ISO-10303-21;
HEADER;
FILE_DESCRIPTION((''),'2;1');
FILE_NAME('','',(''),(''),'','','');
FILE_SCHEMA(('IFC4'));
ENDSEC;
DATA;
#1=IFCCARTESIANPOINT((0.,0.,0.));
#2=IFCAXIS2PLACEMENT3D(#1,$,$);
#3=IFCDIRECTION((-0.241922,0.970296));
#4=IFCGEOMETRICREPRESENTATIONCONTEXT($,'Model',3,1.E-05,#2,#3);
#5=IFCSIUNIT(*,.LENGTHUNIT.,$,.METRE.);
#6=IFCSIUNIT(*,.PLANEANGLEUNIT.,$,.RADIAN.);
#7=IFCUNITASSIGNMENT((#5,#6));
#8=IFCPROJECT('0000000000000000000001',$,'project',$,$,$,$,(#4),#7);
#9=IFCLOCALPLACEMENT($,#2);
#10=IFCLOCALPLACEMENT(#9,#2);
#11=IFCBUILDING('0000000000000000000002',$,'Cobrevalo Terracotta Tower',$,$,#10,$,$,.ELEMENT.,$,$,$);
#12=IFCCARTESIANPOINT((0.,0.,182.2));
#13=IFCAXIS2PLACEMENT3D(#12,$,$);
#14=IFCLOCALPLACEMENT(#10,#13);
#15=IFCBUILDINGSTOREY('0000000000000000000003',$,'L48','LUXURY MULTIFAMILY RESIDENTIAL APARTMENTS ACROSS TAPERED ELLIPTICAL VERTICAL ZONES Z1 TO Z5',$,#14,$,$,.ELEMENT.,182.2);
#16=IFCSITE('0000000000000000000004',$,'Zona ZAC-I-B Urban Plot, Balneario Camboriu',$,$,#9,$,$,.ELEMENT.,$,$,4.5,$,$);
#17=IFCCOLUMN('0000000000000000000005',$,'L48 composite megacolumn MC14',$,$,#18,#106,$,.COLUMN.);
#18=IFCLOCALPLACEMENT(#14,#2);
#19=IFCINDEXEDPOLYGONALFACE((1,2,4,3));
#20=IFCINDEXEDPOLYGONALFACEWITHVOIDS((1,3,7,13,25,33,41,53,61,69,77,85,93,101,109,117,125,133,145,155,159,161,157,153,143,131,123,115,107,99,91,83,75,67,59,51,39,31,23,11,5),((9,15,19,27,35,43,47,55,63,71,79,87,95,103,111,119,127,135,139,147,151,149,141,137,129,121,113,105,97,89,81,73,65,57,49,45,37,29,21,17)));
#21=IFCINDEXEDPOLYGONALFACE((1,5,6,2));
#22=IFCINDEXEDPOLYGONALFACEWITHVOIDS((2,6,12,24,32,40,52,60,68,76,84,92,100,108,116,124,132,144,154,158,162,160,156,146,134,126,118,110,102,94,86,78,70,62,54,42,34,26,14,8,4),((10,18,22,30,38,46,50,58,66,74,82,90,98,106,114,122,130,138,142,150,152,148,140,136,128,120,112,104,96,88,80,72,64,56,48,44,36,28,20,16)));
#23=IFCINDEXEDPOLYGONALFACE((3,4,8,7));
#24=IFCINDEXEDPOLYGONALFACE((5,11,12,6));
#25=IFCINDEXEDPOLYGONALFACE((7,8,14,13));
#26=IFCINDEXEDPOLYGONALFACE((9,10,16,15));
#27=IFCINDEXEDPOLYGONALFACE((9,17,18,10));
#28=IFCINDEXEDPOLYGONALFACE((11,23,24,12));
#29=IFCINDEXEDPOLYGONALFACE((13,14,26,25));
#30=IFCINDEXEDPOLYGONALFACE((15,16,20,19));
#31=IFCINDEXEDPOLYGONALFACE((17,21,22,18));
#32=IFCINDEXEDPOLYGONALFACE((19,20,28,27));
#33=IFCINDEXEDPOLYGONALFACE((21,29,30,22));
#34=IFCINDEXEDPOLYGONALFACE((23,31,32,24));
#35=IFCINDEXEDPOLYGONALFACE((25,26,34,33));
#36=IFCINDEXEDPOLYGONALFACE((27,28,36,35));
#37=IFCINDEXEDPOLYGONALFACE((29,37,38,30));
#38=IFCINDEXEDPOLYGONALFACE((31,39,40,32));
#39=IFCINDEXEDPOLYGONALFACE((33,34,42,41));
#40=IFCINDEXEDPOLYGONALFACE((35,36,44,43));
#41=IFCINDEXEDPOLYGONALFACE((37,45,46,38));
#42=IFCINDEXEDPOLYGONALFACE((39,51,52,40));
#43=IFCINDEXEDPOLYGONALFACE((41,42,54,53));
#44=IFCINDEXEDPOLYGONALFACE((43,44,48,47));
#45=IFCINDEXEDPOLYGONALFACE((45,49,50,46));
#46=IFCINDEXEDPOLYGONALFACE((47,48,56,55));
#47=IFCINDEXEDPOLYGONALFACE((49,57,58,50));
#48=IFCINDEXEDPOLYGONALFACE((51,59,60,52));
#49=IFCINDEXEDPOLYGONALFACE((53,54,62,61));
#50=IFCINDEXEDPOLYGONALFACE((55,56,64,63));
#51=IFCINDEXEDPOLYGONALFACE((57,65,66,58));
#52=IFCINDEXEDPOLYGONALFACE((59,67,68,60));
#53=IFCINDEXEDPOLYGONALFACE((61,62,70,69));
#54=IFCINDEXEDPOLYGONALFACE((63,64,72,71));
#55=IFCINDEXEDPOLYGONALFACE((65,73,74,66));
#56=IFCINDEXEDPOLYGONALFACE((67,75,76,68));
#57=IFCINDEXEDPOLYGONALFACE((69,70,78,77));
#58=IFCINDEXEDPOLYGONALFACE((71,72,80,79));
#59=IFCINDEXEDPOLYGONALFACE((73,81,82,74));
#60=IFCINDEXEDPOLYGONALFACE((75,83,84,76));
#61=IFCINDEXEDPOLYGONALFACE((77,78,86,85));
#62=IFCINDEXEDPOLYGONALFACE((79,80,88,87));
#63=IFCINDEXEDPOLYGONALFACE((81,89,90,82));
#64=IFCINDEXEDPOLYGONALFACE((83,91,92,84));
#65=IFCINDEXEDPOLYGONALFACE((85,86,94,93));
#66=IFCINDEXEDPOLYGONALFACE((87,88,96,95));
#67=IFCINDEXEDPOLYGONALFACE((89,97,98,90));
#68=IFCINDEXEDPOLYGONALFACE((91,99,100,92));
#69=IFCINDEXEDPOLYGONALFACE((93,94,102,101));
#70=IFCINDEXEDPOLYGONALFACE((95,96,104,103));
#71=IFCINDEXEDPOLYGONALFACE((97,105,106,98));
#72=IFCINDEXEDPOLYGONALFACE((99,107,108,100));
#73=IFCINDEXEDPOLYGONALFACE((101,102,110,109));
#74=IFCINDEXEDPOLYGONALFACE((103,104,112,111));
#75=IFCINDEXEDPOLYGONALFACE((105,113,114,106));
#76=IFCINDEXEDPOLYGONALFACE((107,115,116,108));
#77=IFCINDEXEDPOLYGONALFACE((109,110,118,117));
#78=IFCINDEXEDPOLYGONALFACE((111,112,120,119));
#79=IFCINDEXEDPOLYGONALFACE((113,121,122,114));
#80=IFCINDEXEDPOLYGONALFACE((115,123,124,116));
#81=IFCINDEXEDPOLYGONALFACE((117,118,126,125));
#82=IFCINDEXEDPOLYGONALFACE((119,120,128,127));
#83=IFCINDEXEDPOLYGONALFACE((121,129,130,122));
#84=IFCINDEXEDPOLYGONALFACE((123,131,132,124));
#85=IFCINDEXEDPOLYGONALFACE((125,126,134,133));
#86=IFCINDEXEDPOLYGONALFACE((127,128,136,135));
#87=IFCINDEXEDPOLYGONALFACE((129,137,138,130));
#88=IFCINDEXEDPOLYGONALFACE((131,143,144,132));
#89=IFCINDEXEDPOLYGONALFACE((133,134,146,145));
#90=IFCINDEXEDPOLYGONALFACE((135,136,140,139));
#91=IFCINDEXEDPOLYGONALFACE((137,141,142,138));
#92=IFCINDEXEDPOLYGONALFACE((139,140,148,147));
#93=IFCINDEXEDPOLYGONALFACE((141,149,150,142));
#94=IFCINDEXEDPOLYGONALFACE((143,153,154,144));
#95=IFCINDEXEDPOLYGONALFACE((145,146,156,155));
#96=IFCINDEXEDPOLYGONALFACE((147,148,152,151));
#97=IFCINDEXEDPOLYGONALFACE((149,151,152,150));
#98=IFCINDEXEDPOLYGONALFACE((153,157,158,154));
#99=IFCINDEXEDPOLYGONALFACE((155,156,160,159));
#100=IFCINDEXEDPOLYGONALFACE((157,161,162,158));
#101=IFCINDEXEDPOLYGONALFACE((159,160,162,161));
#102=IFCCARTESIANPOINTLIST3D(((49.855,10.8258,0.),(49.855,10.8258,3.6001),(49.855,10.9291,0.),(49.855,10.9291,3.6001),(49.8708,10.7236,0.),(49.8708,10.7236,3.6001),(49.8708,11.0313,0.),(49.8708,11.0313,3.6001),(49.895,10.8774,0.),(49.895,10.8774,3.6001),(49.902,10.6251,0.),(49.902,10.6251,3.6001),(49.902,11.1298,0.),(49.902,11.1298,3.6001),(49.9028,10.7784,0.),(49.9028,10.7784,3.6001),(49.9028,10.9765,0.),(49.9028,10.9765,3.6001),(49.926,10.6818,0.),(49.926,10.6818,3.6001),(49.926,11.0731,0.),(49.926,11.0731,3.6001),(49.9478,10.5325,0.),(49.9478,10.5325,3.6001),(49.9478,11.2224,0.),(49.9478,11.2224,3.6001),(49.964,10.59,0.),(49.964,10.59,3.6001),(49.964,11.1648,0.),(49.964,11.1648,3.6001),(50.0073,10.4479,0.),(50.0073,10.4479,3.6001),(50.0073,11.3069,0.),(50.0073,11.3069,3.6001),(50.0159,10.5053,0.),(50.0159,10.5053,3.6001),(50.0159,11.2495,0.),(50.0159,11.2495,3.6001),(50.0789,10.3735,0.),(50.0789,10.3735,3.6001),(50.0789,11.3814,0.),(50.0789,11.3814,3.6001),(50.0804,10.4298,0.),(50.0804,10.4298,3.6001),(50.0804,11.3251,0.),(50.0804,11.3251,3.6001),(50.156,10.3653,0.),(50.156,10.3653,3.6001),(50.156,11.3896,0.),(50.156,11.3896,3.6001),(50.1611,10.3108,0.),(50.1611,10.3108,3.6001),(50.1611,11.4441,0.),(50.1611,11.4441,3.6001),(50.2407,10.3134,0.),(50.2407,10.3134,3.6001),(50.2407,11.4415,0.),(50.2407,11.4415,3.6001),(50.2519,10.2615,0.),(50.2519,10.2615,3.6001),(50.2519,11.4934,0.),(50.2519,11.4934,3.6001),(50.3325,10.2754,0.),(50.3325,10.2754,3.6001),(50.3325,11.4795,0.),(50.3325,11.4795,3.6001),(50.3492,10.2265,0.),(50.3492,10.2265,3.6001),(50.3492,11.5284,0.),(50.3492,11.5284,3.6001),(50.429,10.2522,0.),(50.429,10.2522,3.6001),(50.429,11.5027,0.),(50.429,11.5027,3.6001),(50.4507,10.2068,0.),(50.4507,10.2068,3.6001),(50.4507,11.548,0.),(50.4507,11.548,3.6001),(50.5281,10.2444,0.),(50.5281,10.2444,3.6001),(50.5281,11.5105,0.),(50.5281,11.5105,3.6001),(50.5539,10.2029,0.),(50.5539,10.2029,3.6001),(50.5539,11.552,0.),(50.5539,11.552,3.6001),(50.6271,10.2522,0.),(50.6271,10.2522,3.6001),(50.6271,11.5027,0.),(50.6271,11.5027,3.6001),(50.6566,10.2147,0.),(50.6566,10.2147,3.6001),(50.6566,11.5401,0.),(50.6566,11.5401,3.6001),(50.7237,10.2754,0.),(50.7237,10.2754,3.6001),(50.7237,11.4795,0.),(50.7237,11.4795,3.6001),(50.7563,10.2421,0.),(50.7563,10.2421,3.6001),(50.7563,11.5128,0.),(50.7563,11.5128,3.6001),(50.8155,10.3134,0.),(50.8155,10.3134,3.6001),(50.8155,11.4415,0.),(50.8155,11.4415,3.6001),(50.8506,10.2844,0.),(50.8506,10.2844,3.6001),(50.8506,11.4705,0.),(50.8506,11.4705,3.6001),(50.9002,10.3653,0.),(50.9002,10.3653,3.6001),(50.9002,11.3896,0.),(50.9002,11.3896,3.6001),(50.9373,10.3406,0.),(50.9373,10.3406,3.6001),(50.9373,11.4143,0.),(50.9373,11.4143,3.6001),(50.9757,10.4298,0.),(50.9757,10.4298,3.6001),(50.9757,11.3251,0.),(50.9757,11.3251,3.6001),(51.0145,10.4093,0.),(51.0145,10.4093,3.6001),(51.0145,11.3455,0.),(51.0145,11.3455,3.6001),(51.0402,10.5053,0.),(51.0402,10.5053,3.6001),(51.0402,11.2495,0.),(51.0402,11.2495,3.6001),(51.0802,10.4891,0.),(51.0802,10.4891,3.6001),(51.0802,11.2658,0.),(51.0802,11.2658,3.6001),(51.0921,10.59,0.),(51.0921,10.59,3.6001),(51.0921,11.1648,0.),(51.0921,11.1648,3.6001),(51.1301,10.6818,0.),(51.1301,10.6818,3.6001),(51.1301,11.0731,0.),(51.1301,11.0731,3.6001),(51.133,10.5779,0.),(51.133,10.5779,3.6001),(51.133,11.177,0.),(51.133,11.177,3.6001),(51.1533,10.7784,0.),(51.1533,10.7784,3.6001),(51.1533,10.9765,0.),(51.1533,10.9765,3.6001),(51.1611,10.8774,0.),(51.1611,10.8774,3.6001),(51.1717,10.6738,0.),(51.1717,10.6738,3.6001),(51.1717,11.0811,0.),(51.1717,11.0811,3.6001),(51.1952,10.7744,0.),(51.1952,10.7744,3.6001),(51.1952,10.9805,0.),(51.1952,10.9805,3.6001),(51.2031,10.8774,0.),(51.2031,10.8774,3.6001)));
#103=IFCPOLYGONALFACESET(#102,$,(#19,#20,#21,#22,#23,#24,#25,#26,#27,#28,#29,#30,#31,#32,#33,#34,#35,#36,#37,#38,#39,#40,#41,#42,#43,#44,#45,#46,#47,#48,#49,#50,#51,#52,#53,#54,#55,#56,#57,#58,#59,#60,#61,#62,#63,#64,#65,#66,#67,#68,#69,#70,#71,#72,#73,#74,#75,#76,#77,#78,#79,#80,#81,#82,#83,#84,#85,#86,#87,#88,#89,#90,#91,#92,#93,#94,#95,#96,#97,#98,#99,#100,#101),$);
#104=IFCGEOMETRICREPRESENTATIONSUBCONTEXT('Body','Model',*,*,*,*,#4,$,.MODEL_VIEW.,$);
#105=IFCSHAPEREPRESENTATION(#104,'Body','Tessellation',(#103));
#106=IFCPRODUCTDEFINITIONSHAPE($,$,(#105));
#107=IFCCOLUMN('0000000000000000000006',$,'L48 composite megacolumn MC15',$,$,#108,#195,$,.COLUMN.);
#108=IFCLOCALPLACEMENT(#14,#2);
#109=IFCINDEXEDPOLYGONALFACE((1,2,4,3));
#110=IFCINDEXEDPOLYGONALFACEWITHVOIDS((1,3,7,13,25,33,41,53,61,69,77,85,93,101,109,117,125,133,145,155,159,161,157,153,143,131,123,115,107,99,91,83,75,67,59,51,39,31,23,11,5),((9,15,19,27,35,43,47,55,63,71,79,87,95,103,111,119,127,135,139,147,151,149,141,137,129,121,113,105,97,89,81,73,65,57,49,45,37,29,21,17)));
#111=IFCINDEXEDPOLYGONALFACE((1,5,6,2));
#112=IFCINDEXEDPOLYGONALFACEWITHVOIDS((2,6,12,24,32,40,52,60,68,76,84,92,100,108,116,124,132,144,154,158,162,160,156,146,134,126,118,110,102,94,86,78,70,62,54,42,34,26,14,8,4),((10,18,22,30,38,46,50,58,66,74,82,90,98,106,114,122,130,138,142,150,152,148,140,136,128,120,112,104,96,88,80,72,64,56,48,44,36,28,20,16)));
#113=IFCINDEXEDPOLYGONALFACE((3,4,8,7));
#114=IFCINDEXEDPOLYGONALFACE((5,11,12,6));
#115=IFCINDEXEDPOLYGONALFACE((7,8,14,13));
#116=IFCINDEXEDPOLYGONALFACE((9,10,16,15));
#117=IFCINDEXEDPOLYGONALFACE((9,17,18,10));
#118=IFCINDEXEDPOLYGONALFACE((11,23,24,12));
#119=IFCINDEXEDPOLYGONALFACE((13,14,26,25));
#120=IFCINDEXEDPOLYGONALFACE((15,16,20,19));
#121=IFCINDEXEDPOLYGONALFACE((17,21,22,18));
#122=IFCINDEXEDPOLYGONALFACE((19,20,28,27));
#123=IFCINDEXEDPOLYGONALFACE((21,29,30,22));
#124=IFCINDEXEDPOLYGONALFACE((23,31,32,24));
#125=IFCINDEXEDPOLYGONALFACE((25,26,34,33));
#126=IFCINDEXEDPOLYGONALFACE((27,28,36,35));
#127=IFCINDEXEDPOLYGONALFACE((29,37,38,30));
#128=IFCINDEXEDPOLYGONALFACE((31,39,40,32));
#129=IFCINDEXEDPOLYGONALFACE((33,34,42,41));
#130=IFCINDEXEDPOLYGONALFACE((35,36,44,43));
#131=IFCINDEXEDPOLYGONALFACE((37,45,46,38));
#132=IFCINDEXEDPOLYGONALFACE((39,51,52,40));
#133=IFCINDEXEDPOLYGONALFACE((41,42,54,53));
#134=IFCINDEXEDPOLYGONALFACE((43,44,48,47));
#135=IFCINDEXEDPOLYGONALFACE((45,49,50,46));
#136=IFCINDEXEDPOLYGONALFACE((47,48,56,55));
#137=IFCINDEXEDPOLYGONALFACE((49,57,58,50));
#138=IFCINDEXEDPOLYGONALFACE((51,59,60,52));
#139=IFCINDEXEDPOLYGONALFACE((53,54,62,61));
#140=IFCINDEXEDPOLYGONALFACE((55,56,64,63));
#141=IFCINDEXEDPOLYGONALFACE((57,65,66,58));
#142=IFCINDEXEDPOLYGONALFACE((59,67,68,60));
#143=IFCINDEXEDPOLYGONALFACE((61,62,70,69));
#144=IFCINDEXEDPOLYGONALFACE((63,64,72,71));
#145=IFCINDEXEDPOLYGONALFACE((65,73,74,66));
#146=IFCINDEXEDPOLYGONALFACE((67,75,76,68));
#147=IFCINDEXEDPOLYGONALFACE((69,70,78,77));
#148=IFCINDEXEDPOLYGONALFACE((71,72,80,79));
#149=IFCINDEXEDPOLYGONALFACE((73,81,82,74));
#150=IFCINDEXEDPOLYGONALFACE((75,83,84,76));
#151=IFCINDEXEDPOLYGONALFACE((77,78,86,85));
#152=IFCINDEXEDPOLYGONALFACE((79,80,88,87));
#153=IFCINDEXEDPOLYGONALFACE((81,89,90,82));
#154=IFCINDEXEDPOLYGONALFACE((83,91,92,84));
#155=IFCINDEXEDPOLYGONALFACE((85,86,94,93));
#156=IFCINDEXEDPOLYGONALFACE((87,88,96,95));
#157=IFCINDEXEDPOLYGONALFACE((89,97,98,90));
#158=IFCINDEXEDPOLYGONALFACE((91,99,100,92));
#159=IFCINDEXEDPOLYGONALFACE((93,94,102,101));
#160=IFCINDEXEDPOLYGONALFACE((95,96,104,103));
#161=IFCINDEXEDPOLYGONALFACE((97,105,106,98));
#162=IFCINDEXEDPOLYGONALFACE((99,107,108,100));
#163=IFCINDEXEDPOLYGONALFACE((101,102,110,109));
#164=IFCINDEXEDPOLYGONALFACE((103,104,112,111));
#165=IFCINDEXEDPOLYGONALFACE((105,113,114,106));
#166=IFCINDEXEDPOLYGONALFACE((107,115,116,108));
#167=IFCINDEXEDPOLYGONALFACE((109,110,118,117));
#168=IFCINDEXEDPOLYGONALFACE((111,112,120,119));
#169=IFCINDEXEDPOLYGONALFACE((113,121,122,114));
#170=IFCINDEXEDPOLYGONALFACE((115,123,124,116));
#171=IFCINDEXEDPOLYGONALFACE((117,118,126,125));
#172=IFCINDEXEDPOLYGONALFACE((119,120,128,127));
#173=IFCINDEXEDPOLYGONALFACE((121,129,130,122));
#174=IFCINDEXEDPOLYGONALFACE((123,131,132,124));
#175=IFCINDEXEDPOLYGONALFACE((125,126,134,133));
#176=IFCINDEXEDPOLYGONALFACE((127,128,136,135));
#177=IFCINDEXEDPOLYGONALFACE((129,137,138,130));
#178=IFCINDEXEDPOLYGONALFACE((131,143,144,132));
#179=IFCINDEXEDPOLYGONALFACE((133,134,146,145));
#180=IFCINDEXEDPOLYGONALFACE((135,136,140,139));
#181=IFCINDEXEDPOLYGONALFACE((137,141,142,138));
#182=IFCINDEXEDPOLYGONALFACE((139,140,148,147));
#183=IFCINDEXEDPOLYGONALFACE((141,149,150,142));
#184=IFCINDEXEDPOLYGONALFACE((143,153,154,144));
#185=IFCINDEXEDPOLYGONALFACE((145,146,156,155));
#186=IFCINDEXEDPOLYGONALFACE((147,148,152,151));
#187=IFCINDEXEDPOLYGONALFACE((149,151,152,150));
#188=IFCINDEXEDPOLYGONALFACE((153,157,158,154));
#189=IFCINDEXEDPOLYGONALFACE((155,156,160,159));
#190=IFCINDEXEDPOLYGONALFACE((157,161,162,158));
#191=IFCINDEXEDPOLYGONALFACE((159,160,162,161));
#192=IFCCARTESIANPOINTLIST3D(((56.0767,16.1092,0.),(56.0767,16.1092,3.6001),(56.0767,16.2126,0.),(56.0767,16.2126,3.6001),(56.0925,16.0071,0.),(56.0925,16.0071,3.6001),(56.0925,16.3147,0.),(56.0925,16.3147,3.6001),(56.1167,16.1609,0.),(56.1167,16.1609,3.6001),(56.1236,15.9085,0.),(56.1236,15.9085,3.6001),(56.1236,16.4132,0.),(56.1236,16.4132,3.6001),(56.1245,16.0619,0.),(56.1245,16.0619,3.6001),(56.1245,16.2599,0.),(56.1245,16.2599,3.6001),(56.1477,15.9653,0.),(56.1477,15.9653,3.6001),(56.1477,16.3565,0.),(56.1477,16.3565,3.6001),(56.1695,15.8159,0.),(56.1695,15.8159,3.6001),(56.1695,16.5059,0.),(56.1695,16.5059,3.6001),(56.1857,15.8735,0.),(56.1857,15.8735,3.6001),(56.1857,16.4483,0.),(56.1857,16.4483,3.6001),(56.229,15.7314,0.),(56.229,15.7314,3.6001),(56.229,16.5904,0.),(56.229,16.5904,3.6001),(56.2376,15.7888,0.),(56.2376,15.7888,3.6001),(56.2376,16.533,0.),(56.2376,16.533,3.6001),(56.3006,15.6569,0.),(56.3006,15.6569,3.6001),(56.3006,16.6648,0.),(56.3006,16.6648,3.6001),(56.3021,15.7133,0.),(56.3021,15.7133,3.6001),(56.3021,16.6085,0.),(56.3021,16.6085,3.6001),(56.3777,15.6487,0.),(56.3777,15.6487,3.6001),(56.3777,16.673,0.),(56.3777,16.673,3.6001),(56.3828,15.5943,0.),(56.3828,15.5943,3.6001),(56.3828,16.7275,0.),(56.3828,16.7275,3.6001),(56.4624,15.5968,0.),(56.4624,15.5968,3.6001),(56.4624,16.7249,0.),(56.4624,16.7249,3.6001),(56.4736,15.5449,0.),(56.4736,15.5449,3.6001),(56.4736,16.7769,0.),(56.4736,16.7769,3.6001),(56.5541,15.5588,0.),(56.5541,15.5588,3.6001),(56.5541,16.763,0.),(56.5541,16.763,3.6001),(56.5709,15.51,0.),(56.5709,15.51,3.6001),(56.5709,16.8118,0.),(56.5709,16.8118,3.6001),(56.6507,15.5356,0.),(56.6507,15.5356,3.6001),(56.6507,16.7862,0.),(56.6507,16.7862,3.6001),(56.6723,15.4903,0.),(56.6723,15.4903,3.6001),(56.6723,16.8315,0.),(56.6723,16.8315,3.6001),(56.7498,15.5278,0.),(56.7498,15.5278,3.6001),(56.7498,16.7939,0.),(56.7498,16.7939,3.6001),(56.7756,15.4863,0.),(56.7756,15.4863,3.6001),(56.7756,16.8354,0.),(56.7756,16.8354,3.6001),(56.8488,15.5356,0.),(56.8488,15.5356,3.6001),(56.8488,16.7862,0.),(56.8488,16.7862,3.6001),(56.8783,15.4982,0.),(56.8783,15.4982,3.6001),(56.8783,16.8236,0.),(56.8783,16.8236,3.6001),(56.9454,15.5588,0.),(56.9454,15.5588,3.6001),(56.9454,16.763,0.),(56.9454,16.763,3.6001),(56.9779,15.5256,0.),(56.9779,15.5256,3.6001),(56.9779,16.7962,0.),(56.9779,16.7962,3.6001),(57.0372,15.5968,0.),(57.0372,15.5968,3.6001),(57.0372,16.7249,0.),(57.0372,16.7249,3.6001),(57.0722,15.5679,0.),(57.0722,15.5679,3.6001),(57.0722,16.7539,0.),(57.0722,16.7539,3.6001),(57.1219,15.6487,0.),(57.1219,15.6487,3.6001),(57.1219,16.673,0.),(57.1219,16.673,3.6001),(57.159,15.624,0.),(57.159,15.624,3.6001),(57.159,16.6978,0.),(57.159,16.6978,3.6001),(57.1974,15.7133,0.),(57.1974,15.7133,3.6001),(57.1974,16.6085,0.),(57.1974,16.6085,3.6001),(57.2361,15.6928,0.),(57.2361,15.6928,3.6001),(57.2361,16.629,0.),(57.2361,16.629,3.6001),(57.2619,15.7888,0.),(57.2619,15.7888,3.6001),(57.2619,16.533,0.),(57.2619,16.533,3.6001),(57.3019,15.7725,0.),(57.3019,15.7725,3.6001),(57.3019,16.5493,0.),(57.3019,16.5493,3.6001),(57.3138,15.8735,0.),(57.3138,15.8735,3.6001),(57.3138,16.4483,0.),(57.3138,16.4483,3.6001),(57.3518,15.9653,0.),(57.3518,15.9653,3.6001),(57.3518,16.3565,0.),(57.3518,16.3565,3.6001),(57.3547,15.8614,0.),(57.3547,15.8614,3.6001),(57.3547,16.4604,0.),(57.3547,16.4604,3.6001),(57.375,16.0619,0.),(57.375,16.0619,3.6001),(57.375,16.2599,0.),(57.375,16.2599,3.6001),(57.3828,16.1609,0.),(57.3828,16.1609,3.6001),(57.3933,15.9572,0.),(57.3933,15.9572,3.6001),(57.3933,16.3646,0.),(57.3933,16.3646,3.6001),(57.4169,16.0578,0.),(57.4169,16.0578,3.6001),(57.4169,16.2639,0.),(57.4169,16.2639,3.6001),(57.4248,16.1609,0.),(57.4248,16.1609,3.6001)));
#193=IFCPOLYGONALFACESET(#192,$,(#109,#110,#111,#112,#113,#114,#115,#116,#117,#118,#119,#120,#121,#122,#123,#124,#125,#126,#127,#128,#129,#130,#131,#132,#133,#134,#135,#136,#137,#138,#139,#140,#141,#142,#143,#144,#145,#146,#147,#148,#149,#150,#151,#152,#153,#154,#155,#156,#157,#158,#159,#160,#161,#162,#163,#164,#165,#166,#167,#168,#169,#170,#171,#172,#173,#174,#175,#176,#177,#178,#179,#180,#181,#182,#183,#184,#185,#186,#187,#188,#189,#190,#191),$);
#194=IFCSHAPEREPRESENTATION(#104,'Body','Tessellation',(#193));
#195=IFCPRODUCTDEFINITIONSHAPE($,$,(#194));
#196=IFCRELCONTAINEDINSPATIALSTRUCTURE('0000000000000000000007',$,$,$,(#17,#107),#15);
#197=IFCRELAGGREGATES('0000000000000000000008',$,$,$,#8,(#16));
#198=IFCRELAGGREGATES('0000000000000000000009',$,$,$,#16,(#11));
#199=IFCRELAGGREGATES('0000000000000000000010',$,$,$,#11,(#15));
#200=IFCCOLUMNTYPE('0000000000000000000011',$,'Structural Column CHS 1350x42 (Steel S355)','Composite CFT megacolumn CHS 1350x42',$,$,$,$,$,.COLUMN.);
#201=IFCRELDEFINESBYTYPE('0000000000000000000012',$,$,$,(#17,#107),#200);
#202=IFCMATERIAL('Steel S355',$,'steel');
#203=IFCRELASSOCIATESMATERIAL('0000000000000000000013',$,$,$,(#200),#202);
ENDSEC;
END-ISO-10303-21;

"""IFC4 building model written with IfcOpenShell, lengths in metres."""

from ifc_helpers import new_model, si_unit, direction, frame, origin, origin_2d, place, context, subcontext, project, spatial, hollow_circle, extrude, material, material_profile, profile_set, type_object, element, save


model = new_model("IFC4")

# Units and contexts
model_context = context("Model", 3, precision=1e-05, world=origin(), true_north=direction((-0.241922, 0.970296)))
body_context = subcontext(model_context, "Body", "Model", "MODEL_VIEW")
ifc_project = project(units=[si_unit("LENGTHUNIT", "METRE"), si_unit("PLANEANGLEUNIT", "RADIAN")], contexts=[model_context])

# Site, building, storey
site_placement = place(None, origin())
site = spatial("IfcSite", under=ifc_project, at=site_placement, Name="Zona ZAC-I-B Urban Plot, Balneario Camboriu", CompositionType="ELEMENT", RefElevation=4.5)
building_placement = place(site_placement, origin())
building = spatial("IfcBuilding", under=site, at=building_placement, Name="Cobrevalo Terracotta Tower", CompositionType="ELEMENT")
storey_placement = place(building_placement, frame((0.0, 0.0, 182.2)))
storey = spatial("IfcBuildingStorey", under=building, at=storey_placement, Name="L48", Description="LUXURY MULTIFAMILY RESIDENTIAL APARTMENTS ACROSS TAPERED ELLIPTICAL VERTICAL ZONES Z1 TO Z5", CompositionType="ELEMENT", Elevation=182.2)

# Columns
ifc_material_1 = material(Name="Steel S355", Category="steel")
ifc_material_profile_1 = material_profile(ifc_material_1, hollow_circle(Radius=0.675, WallThickness=0.042, at=origin_2d()), Name="CHS 1350x42")
ifc_profile_set_1 = profile_set([ifc_material_profile_1], Name="Steel S355")
column_type = type_object("IfcColumnType", Name="Structural Column CHS 1350x42 (Steel S355)", Description="Composite CFT megacolumn CHS 1350x42", PredefinedType="COLUMN", material=ifc_profile_set_1)
for number, where, z_axis, x_axis, name in (
    (1, (50.5281, 10.8774, 0.0), (0.0, 0.0, 1.0), (1.0, 0.0, 0.0), "L48 composite megacolumn MC14"),
    (2, (56.7498, 16.1609, 0.0), (0.0, 0.0, 1.0), (1.0, 0.0, 0.0), "L48 composite megacolumn MC15"),
):
    element("IfcColumn", number, at=place(storey_placement, frame(where, z_axis=z_axis, x_axis=x_axis)), inside=storey, type_object=column_type, Name=name, PredefinedType="COLUMN", context=body_context, shape_type="SweptSolid", body=[
        extrude(hollow_circle(Radius=0.675, WallThickness=0.042, at=origin_2d()), origin(), (0.0, 0.0, 1.0), 3.6001),
    ])

save(model, "model.ifc")
